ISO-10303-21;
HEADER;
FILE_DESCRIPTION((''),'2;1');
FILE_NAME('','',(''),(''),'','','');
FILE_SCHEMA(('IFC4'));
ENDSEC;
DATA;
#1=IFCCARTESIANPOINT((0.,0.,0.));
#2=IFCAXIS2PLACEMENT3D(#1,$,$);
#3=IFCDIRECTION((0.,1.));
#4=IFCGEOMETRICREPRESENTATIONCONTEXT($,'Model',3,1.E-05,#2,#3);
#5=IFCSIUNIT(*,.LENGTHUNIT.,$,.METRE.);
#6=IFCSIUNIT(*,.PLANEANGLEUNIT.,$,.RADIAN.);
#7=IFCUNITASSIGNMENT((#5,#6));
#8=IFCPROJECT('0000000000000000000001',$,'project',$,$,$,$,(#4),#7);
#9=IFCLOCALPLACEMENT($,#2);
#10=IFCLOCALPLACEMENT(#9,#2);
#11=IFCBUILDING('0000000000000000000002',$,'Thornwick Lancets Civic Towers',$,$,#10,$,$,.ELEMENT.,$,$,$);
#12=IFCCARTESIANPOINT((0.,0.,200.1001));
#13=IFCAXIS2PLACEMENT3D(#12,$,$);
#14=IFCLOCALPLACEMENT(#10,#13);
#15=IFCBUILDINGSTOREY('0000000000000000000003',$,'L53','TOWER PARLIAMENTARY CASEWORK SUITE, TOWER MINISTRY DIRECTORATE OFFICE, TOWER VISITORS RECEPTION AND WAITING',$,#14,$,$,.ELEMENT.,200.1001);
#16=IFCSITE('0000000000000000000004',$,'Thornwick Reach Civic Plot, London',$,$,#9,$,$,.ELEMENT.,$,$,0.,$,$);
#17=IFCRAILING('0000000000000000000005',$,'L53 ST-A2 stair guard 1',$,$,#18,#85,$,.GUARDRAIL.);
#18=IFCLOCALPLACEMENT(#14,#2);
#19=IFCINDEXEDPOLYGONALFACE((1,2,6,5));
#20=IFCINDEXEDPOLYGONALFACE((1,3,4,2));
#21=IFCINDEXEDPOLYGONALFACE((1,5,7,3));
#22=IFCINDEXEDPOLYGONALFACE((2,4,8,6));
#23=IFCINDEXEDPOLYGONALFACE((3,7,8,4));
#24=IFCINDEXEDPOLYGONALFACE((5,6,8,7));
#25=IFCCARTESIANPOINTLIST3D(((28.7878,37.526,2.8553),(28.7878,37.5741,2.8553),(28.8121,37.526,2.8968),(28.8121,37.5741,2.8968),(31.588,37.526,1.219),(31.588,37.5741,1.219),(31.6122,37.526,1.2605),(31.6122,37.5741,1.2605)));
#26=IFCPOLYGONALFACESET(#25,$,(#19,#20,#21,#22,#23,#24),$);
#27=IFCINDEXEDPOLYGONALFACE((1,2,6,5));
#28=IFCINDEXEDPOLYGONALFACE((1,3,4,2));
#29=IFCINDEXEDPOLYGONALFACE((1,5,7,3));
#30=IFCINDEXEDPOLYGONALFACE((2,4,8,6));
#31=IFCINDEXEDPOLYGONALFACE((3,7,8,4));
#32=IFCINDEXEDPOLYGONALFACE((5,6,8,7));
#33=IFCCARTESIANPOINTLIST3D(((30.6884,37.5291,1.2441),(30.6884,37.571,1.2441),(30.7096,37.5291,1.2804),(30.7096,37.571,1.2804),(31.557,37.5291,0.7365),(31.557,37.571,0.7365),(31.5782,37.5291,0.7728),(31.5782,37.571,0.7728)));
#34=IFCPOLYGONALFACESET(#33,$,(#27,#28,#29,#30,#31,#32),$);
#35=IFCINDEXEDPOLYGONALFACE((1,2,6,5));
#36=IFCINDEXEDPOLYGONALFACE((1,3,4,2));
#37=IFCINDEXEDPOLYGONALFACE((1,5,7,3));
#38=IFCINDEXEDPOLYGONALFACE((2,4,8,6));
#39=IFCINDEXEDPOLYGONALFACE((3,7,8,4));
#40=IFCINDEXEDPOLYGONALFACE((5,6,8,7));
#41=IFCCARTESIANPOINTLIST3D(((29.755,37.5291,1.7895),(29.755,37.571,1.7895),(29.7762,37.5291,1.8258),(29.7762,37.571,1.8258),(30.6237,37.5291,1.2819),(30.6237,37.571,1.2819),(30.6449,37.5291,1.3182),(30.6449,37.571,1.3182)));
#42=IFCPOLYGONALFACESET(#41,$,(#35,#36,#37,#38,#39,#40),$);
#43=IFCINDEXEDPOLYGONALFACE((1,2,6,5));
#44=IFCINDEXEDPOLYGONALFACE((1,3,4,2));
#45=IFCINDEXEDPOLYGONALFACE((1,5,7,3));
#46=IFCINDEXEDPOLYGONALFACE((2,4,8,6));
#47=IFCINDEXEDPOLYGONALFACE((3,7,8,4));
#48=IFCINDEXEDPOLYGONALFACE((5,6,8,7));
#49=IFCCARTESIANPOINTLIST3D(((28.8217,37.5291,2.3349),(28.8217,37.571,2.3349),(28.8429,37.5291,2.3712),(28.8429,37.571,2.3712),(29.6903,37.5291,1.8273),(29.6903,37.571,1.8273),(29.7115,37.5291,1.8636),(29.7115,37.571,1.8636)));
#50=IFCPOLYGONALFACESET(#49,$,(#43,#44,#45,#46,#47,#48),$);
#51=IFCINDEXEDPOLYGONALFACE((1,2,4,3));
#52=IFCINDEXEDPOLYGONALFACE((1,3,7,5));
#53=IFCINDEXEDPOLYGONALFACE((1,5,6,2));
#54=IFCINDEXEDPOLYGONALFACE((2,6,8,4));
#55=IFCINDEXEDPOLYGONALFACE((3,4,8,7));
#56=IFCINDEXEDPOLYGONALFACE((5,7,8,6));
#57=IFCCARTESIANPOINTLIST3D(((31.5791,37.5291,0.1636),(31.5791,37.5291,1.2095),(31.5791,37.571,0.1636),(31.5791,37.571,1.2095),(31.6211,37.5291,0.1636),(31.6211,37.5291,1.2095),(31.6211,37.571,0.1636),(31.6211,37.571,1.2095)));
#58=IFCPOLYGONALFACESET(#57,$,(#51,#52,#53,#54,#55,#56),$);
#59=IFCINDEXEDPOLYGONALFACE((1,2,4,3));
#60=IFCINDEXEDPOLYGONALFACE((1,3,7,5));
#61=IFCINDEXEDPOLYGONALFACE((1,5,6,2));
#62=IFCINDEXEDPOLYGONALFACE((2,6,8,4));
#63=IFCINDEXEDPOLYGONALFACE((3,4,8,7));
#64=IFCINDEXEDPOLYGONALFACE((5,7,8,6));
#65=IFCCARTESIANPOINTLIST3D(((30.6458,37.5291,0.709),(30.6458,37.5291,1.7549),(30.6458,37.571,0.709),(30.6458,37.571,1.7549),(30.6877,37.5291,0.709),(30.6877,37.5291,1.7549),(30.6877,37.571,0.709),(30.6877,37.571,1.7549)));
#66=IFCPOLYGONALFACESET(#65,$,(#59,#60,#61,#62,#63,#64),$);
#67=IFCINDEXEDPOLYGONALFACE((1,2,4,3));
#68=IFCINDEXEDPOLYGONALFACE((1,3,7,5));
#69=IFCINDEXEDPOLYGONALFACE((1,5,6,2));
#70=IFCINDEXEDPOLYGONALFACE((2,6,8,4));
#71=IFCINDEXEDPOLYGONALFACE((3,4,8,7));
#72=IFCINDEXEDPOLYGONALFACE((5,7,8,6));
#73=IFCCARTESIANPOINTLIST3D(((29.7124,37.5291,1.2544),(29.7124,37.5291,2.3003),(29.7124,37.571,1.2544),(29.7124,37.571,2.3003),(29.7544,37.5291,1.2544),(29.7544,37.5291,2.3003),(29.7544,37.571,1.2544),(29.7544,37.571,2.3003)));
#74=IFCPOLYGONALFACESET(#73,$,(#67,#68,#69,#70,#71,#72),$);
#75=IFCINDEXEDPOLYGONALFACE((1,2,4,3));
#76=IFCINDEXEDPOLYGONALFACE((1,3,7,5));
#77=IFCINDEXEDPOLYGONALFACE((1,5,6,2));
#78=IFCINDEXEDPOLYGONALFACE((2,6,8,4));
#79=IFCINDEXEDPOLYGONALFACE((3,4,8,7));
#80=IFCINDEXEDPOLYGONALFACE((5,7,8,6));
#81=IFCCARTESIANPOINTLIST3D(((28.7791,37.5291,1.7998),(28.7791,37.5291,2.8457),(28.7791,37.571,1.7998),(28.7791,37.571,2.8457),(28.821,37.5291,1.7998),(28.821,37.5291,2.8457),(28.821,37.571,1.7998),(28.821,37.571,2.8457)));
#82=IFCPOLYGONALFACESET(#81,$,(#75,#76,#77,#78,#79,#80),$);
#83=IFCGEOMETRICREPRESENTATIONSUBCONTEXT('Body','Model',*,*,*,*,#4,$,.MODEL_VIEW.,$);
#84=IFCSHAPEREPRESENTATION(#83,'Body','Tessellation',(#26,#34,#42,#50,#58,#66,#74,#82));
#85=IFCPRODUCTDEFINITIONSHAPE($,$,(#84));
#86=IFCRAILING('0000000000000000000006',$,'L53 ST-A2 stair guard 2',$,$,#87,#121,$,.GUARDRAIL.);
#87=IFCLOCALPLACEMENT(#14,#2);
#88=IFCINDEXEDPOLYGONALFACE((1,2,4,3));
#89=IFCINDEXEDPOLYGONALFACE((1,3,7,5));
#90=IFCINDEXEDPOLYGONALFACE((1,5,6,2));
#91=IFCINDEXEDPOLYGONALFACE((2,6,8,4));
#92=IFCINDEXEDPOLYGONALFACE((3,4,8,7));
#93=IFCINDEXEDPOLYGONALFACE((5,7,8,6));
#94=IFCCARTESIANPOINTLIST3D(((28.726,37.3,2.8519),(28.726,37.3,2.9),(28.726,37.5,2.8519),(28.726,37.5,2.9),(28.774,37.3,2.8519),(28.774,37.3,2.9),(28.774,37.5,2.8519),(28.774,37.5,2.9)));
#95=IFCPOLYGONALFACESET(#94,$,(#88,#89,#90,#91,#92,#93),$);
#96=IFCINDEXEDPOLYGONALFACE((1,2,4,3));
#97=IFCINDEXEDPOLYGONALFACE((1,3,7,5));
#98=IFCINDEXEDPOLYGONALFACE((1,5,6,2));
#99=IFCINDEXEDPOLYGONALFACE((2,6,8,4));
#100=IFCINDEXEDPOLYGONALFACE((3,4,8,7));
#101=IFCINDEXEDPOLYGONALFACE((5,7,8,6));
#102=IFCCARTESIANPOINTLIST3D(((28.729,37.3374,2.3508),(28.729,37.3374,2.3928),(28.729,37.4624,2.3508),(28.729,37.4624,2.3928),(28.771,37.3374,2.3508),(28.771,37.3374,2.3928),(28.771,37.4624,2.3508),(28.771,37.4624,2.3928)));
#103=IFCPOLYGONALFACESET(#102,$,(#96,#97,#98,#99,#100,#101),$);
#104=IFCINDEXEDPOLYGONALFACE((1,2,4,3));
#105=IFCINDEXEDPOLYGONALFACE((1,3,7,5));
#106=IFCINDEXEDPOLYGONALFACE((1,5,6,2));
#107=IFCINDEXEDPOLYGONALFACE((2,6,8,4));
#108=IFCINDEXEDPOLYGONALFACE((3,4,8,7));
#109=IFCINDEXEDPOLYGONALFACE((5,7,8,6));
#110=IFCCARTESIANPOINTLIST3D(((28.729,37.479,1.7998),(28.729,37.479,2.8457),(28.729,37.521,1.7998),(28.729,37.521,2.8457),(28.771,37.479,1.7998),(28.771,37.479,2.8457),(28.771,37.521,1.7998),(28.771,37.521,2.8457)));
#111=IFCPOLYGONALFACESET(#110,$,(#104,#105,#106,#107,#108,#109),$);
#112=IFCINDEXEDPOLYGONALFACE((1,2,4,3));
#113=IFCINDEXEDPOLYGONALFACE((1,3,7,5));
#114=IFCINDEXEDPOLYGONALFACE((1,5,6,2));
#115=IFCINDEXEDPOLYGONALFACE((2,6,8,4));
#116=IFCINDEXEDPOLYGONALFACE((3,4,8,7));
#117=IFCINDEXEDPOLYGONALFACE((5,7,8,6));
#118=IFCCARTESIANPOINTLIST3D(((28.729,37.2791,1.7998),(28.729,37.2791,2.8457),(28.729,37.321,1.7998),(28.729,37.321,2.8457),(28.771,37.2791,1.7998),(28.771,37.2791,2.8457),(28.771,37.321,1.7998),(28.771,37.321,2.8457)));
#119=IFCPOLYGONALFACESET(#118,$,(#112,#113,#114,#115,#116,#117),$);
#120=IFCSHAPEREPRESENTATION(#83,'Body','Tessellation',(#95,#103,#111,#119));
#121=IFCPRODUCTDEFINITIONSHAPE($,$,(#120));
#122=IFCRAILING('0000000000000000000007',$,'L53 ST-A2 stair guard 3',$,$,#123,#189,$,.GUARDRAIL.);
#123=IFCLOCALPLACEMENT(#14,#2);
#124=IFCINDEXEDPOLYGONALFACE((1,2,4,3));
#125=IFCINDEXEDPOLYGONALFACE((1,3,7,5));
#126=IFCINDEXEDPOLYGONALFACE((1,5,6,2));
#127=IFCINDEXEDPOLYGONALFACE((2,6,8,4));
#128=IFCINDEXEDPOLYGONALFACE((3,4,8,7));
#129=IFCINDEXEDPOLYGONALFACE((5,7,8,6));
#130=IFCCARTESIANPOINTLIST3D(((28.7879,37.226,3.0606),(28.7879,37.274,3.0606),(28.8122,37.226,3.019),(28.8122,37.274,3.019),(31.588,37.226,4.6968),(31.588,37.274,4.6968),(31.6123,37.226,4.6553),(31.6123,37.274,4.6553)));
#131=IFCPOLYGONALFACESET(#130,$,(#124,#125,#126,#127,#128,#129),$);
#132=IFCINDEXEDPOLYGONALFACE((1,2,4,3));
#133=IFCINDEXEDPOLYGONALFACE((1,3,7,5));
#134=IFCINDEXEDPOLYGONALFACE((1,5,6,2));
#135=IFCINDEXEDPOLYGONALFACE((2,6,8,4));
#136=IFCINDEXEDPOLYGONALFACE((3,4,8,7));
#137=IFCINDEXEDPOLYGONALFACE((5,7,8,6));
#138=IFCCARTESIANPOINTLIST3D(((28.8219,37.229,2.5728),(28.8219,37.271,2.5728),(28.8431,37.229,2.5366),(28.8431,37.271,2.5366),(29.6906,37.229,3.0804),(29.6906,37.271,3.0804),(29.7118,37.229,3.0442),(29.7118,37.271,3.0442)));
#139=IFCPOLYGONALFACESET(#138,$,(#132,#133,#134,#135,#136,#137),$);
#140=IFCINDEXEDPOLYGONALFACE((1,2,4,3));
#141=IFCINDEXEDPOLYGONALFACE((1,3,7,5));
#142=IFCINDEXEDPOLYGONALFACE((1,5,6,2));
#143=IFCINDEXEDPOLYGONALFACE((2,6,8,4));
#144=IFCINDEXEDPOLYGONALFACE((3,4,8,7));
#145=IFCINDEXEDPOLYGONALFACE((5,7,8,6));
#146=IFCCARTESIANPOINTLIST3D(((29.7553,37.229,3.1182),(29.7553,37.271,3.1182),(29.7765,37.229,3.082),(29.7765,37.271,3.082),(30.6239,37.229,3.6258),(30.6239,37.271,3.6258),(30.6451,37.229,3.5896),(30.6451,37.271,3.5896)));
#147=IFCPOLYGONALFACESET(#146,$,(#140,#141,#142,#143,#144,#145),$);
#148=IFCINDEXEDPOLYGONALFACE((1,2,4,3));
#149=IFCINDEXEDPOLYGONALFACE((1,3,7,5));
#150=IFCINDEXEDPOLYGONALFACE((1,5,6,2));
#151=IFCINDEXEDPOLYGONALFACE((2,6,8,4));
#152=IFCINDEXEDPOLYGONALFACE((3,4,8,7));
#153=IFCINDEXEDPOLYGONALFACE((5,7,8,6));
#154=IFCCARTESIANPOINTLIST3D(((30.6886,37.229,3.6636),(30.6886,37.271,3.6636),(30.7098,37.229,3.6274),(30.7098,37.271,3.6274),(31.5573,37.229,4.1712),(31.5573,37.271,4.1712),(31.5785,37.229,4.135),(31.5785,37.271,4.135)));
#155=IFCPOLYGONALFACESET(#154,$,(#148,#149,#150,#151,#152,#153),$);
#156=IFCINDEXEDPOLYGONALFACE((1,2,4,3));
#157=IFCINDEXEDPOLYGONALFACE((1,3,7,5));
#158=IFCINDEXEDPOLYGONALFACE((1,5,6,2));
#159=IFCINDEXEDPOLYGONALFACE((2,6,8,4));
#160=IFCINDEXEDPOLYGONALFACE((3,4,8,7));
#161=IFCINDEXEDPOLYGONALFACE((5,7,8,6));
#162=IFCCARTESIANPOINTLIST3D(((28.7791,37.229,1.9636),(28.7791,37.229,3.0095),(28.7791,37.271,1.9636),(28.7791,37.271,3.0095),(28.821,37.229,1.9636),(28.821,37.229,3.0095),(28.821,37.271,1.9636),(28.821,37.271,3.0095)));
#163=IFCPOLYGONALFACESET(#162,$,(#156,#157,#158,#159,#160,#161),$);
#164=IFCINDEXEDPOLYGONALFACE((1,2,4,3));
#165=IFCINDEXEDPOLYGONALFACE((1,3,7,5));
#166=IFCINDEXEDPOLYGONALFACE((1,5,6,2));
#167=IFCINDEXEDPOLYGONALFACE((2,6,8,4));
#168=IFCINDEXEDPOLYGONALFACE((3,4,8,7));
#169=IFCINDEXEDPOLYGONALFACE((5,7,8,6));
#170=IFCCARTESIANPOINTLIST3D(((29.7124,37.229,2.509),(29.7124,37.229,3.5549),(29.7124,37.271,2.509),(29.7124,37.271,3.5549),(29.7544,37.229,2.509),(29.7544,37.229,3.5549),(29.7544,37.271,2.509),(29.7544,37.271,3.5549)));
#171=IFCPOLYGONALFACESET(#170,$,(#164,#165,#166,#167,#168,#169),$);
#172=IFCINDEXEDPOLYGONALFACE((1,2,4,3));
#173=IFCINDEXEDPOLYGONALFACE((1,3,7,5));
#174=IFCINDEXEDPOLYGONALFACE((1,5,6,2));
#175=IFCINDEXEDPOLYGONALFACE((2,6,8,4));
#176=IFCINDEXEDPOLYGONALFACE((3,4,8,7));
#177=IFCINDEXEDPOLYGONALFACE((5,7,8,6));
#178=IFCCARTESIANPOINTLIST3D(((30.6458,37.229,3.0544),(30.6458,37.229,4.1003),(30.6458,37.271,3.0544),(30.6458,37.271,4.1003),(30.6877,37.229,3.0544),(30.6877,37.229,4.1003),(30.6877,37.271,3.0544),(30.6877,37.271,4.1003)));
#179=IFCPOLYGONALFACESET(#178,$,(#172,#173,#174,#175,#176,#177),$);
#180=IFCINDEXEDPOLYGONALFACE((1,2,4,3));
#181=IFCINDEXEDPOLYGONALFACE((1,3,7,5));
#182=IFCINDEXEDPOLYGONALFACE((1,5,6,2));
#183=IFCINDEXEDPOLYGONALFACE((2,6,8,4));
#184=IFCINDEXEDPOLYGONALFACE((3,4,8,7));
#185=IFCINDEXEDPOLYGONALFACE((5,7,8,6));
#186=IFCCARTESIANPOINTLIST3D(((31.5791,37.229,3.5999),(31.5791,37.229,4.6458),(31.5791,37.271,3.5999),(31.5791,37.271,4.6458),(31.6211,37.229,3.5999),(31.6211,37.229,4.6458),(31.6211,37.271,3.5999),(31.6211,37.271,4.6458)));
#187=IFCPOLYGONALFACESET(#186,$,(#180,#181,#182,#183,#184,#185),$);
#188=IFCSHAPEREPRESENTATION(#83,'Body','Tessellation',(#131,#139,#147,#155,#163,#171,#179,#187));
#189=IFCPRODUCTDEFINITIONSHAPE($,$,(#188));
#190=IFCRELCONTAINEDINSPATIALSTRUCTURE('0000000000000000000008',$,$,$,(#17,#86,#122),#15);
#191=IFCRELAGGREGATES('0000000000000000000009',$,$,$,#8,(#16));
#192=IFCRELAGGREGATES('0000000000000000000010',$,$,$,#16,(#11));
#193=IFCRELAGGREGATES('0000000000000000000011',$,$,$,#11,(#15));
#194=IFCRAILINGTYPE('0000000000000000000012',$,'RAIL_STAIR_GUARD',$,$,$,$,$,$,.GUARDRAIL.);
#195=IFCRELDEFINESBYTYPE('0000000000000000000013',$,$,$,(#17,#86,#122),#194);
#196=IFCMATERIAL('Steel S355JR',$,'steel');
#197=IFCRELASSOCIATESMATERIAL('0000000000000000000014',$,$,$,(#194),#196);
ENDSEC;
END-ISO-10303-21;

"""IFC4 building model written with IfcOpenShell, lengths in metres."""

from ifc_helpers import new_model, si_unit, direction, frame, origin, origin_2d, place, context, subcontext, project, spatial, rectangle, extrude, material, type_object, element, save


model = new_model("IFC4")

# Units and contexts
model_context = context("Model", 3, precision=1e-05, world=origin(), true_north=direction((0.0, 1.0)))
body_context = subcontext(model_context, "Body", "Model", "MODEL_VIEW")
ifc_project = project(units=[si_unit("LENGTHUNIT", "METRE"), si_unit("PLANEANGLEUNIT", "RADIAN")], contexts=[model_context])

# Site, building, storey
site_placement = place(None, origin())
site = spatial("IfcSite", under=ifc_project, at=site_placement, Name="Thornwick Reach Civic Plot, London", CompositionType="ELEMENT", RefElevation=0.0)
building_placement = place(site_placement, origin())
building = spatial("IfcBuilding", under=site, at=building_placement, Name="Thornwick Lancets Civic Towers", CompositionType="ELEMENT")
storey_placement = place(building_placement, frame((0.0, 0.0, 200.1001)))
storey = spatial("IfcBuildingStorey", under=building, at=storey_placement, Name="L53", Description="TOWER PARLIAMENTARY CASEWORK SUITE, TOWER MINISTRY DIRECTORATE OFFICE, TOWER VISITORS RECEPTION AND WAITING", CompositionType="ELEMENT", Elevation=200.1001)

# Shared definitions
ifc_material_1 = material(Name="Steel S355JR", Category="steel")

# Railings
railing_type_1 = type_object("IfcRailingType", Name="RAIL_STAIR_GUARD", PredefinedType="GUARDRAIL", material=ifc_material_1)
railing_1_placement = place(storey_placement, frame((31.6001, 37.55, 0.1636)))
element("IfcRailing", 1, at=railing_1_placement, inside=storey, type_object=railing_type_1, Name="L53 ST-A2 stair guard 1", PredefinedType="GUARDRAIL", context=body_context, shape_type="SweptSolid", body=[
    extrude(rectangle(XDim=0.0481, YDim=0.0481, at=origin_2d()), frame((0.0, 0.0, 1.0762), z_axis=(-0.863394, 0.0, 0.504531), x_axis=(0.0, -1.0, 0.0)), (0.0, 0.0, 1.0), 3.2432),
    extrude(rectangle(XDim=0.042, YDim=0.042, at=origin_2d()), frame((-0.0325, 0.0, 0.5911), z_axis=(-0.863394, 0.0, 0.504531), x_axis=(0.0, -1.0, 0.0)), (0.0, 0.0, 1.0), 1.0061),
    extrude(rectangle(XDim=0.042, YDim=0.042, at=origin_2d()), frame((-0.9658, 0.0, 1.1365), z_axis=(-0.863394, 0.0, 0.504531), x_axis=(0.0, -1.0, 0.0)), (0.0, 0.0, 1.0), 1.0061),
    extrude(rectangle(XDim=0.042, YDim=0.042, at=origin_2d()), frame((-1.8992, 0.0, 1.6819), z_axis=(-0.863394, 0.0, 0.504531), x_axis=(0.0, -1.0, 0.0)), (0.0, 0.0, 1.0), 1.0061),
    extrude(rectangle(XDim=0.042, YDim=0.042, at=origin_2d()), origin(), (0.0, 0.0, 1.0), 1.0459),
    extrude(rectangle(XDim=0.042, YDim=0.042, at=origin_2d()), frame((-0.9333, 0.0, 0.5454)), (0.0, 0.0, 1.0), 1.0459),
    extrude(rectangle(XDim=0.042, YDim=0.042, at=origin_2d()), frame((-1.8667, 0.0, 1.0908)), (0.0, 0.0, 1.0), 1.0459),
    extrude(rectangle(XDim=0.042, YDim=0.042, at=origin_2d()), frame((-2.8, 0.0, 1.6362)), (0.0, 0.0, 1.0), 1.0459),
])
railing_2_placement = place(storey_placement, frame((28.75, 37.5, 1.7998)))
element("IfcRailing", 2, at=railing_2_placement, inside=storey, type_object=railing_type_1, Name="L53 ST-A2 stair guard 2", PredefinedType="GUARDRAIL", context=body_context, shape_type="SweptSolid", body=[
    extrude(rectangle(XDim=0.0481, YDim=0.0481, at=origin_2d()), frame((0.0, 0.0, 1.0762), z_axis=(0.0, -1.0, 0.0), x_axis=(1.0, 0.0, 0.0)), (0.0, 0.0, 1.0), 0.2),
    extrude(rectangle(XDim=0.042, YDim=0.042, at=origin_2d()), frame((0.0, -0.0376, 0.572), z_axis=(0.0, -1.0, 0.0), x_axis=(1.0, 0.0, 0.0)), (0.0, 0.0, 1.0), 0.125),
    extrude(rectangle(XDim=0.042, YDim=0.042, at=origin_2d()), origin(), (0.0, 0.0, 1.0), 1.0459),
    extrude(rectangle(XDim=0.042, YDim=0.042, at=origin_2d()), frame((0.0, -0.2, 0.0)), (0.0, 0.0, 1.0), 1.0459),
])
railing_3_placement = place(storey_placement, frame((28.8, 37.25, 1.9636)))
element("IfcRailing", 3, at=railing_3_placement, inside=storey, type_object=railing_type_1, Name="L53 ST-A2 stair guard 3", PredefinedType="GUARDRAIL", context=body_context, shape_type="SweptSolid", body=[
    extrude(rectangle(XDim=0.0481, YDim=0.0481, at=origin_2d()), frame((0.0, 0.0, 1.0762), z_axis=(0.863394, 0.0, 0.504531), x_axis=(0.0, 1.0, 0.0)), (0.0, 0.0, 1.0), 3.2432),
    extrude(rectangle(XDim=0.042, YDim=0.042, at=origin_2d()), frame((0.0325, 0.0, 0.5911), z_axis=(0.863394, 0.0, 0.504531), x_axis=(0.0, 1.0, 0.0)), (0.0, 0.0, 1.0), 1.0061),
    extrude(rectangle(XDim=0.042, YDim=0.042, at=origin_2d()), frame((0.9658, 0.0, 1.1365), z_axis=(0.863394, 0.0, 0.504531), x_axis=(0.0, 1.0, 0.0)), (0.0, 0.0, 1.0), 1.0061),
    extrude(rectangle(XDim=0.042, YDim=0.042, at=origin_2d()), frame((1.8992, 0.0, 1.6819), z_axis=(0.863394, 0.0, 0.504531), x_axis=(0.0, 1.0, 0.0)), (0.0, 0.0, 1.0), 1.0061),
    extrude(rectangle(XDim=0.042, YDim=0.042, at=origin_2d()), origin(), (0.0, 0.0, 1.0), 1.0459),
    extrude(rectangle(XDim=0.042, YDim=0.042, at=origin_2d()), frame((0.9333, 0.0, 0.5454)), (0.0, 0.0, 1.0), 1.0459),
    extrude(rectangle(XDim=0.042, YDim=0.042, at=origin_2d()), frame((1.8667, 0.0, 1.0908)), (0.0, 0.0, 1.0), 1.0459),
    extrude(rectangle(XDim=0.042, YDim=0.042, at=origin_2d()), frame((2.8, 0.0, 1.6362)), (0.0, 0.0, 1.0), 1.0459),
])

save(model, "model.ifc")
